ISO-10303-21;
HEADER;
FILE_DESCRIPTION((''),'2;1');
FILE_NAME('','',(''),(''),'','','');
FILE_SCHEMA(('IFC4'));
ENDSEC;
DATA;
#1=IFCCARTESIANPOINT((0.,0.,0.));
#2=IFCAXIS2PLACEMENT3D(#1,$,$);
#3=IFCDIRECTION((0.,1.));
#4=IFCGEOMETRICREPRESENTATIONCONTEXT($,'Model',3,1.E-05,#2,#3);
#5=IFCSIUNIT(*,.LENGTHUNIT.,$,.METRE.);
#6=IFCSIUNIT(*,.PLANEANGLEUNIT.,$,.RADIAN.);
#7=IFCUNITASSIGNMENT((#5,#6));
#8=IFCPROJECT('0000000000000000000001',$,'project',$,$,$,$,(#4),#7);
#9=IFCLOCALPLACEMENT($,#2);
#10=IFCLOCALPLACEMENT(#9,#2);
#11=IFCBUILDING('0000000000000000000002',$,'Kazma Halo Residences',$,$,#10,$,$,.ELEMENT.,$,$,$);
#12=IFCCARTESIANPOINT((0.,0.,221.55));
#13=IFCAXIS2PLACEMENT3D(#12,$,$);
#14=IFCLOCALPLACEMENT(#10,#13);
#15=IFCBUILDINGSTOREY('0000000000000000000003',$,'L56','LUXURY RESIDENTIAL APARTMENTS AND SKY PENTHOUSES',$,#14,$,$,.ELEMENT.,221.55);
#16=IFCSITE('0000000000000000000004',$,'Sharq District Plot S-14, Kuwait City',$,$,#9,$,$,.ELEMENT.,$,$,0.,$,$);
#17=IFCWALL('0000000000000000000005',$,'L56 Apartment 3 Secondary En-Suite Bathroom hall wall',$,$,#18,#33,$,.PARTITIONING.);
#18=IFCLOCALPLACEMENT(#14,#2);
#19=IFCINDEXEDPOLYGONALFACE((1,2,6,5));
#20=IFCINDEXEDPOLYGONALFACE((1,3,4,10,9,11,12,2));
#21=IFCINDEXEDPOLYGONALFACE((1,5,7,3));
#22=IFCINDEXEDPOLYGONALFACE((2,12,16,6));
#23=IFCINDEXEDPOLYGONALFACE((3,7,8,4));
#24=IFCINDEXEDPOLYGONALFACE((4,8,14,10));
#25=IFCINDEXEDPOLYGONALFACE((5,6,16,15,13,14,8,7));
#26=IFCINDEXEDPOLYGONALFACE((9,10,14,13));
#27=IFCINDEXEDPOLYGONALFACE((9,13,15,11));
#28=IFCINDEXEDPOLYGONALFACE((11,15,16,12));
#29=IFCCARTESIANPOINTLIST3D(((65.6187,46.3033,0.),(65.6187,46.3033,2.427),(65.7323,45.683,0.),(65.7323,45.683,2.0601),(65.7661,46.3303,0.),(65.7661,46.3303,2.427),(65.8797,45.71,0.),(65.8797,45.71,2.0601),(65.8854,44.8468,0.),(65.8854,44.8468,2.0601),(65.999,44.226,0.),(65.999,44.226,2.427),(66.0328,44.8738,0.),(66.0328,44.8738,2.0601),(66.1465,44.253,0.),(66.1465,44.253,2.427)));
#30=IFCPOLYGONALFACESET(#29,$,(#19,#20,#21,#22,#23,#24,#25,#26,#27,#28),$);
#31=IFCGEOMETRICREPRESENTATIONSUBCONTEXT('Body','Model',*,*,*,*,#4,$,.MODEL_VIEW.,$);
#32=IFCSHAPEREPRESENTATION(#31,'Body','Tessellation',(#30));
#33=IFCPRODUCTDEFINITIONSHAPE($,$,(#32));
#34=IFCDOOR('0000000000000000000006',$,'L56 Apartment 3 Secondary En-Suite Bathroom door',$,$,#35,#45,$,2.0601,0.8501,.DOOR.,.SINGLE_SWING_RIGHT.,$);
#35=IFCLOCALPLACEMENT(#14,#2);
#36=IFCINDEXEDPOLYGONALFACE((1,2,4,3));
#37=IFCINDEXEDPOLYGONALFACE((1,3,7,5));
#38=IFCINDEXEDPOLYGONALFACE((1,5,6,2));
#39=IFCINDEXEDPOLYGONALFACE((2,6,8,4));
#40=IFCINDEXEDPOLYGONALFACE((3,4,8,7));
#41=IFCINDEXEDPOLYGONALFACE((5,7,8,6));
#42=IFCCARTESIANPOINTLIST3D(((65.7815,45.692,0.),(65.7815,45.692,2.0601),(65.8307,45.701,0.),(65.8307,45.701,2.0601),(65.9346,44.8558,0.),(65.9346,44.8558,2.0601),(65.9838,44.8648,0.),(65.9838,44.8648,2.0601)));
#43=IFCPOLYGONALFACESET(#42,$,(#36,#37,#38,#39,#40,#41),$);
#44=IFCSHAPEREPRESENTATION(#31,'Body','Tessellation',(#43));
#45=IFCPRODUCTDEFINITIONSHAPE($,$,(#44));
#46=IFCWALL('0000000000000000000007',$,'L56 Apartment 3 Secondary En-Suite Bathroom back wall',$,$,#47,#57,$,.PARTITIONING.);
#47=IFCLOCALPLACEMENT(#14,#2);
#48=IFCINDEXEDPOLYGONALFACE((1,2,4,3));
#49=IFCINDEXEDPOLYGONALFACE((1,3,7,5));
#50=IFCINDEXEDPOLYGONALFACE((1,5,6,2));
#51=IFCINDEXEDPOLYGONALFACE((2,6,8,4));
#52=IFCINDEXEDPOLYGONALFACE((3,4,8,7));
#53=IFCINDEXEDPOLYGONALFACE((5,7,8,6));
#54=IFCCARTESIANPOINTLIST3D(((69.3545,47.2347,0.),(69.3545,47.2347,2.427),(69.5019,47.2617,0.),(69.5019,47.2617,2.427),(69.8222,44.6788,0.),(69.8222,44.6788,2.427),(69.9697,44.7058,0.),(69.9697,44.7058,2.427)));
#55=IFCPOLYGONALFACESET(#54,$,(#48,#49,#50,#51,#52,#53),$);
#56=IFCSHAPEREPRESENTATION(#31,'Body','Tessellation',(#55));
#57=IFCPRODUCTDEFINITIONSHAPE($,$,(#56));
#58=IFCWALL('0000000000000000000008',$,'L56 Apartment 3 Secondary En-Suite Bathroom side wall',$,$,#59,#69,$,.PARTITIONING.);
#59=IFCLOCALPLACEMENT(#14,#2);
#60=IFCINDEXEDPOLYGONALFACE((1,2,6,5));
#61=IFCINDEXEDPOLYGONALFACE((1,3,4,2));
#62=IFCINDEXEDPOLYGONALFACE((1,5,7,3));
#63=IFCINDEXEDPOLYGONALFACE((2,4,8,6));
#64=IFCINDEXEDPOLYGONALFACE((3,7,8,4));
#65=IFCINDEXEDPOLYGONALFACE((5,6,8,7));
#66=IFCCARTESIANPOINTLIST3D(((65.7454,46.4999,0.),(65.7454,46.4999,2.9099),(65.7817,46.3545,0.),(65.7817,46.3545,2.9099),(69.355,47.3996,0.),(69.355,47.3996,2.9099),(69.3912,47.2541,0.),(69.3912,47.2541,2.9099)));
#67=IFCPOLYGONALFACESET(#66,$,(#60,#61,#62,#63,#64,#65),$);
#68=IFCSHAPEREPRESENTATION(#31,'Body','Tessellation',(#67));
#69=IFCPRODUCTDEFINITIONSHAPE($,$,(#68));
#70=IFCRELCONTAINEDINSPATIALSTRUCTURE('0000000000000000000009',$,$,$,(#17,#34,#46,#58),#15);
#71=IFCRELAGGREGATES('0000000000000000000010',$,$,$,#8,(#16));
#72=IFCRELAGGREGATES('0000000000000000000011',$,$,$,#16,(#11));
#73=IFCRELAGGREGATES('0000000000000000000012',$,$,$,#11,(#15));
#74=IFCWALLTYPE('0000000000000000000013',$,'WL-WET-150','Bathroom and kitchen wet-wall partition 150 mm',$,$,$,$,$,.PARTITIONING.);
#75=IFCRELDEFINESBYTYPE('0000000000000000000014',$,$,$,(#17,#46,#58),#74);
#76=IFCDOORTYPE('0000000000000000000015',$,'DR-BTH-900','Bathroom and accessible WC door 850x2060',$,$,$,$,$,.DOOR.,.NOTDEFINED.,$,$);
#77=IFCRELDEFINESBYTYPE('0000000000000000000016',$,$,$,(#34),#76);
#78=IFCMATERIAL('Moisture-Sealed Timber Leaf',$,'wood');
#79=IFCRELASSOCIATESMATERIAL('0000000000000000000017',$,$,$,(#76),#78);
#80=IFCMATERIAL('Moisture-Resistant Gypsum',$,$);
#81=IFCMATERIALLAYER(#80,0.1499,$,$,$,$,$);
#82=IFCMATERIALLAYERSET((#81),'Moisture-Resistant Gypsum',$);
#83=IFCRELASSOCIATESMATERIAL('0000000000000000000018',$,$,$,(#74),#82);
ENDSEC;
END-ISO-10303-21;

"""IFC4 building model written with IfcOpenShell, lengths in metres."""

from ifc_helpers import new_model, si_unit, direction, frame, frame_2d, origin, place, context, subcontext, project, spatial, rectangle, extrude, material, layer, layer_set, type_object, element, fill, save


model = new_model("IFC4")

# Units and contexts
model_context = context("Model", 3, precision=1e-05, world=origin(), true_north=direction((0.0, 1.0)))
body_context = subcontext(model_context, "Body", "Model", "MODEL_VIEW")
ifc_project = project(units=[si_unit("LENGTHUNIT", "METRE"), si_unit("PLANEANGLEUNIT", "RADIAN")], contexts=[model_context])

# Site, building, storey
site_placement = place(None, origin())
site = spatial("IfcSite", under=ifc_project, at=site_placement, Name="Sharq District Plot S-14, Kuwait City", CompositionType="ELEMENT", RefElevation=0.0)
building_placement = place(site_placement, origin())
building = spatial("IfcBuilding", under=site, at=building_placement, Name="Kazma Halo Residences", CompositionType="ELEMENT")
storey_placement = place(building_placement, frame((0.0, 0.0, 221.55)))
storey = spatial("IfcBuildingStorey", under=building, at=storey_placement, Name="L56", Description="LUXURY RESIDENTIAL APARTMENTS AND SKY PENTHOUSES", CompositionType="ELEMENT", Elevation=221.55)

# Shared definitions
ifc_material_1 = material(Name="Moisture-Sealed Timber Leaf", Category="wood")
door_type = type_object("IfcDoorType", Name="DR-BTH-900", Description="Bathroom and accessible WC door 850x2060", OperationType="NOTDEFINED", PredefinedType="DOOR", material=ifc_material_1)

# Wall, opening, door
ifc_material_2 = material(Name="Moisture-Resistant Gypsum")
ifc_layer_1 = layer(ifc_material_2, 0.1499)
ifc_layer_set_1 = layer_set([ifc_layer_1], Name="Moisture-Resistant Gypsum")
wall_type_1 = type_object("IfcWallType", Name="WL-WET-150", Description="Bathroom and kitchen wet-wall partition 150 mm", PredefinedType="PARTITIONING", material=ifc_layer_set_1)
wall_1_placement = place(storey_placement, frame((66.0728, 44.2395, 0.0), z_axis=(0.0, 0.0, 1.0), x_axis=(-0.180106, 0.983647, 0.0)))
wall_1 = element("IfcWall", 1, at=wall_1_placement, inside=storey, type_object=wall_type_1, Name="L56 Apartment 3 Secondary En-Suite Bathroom hall wall", PredefinedType="PARTITIONING", context=body_context, shape_type="SweptSolid", body=[
    extrude(rectangle(XDim=2.1118, YDim=0.1499, at=frame_2d((1.0559, 0.0))), origin(), (0.0, 0.0, 1.0), 2.427),
])
opening_1_placement = place(wall_1_placement, frame((0.6311, 0.0, 0.0)))
opening_1 = element("IfcOpeningElement", 2, at=opening_1_placement, cuts=wall_1, PredefinedType="OPENING", context=body_context, shape_type="SweptSolid", body=[
    extrude(rectangle(XDim=0.8501, YDim=2.0601, at=frame_2d((0.425, 1.03))), frame((0.0, 0.085, 0.0), z_axis=(0.0, -1.0, 0.0), x_axis=(1.0, 0.0, 0.0)), (0.0, 0.0, 1.0), 0.1699),
])
door_1_placement = place(opening_1_placement, origin())
door_1 = element("IfcDoor", 3, at=door_1_placement, inside=storey, type_object=door_type, Name="L56 Apartment 3 Secondary En-Suite Bathroom door", OperationType="SINGLE_SWING_RIGHT", OverallHeight=2.0601, OverallWidth=0.8501, PredefinedType="DOOR", context=body_context, shape_type="SweptSolid", body=[
    extrude(rectangle(XDim=0.8501, YDim=2.0601, at=frame_2d((0.425, 1.03))), frame((0.0, 0.0249, 0.0), z_axis=(0.0, -1.0, 0.0), x_axis=(1.0, 0.0, 0.0)), (0.0, 0.0, 1.0), 0.05),
])
fill(opening_1, door_1)

# Walls
wall_2_placement = place(storey_placement, frame((69.896, 44.6921, 0.0), z_axis=(0.0, 0.0, 1.0), x_axis=(-0.180026, 0.983662, 0.0)))
element("IfcWall", 4, at=wall_2_placement, inside=storey, type_object=wall_type_1, Name="L56 Apartment 3 Secondary En-Suite Bathroom back wall", PredefinedType="PARTITIONING", context=body_context, shape_type="SweptSolid", body=[
    extrude(rectangle(XDim=2.5984, YDim=0.1499, at=frame_2d((1.2993, 0.0))), origin(), (0.0, 0.0, 1.0), 2.427),
])
wall_3_placement = place(storey_placement, frame((65.7637, 46.4272, 0.0), z_axis=(0.0, 0.0, 1.0), x_axis=(0.970316, 0.241841, 0.0)))
element("IfcWall", 5, at=wall_3_placement, inside=storey, type_object=wall_type_1, Name="L56 Apartment 3 Secondary En-Suite Bathroom side wall", PredefinedType="PARTITIONING", context=body_context, shape_type="SweptSolid", body=[
    extrude(rectangle(XDim=3.72, YDim=0.1499, at=frame_2d((1.8599, 0.0))), origin(), (0.0, 0.0, 1.0), 2.9099),
])

save(model, "model.ifc")
